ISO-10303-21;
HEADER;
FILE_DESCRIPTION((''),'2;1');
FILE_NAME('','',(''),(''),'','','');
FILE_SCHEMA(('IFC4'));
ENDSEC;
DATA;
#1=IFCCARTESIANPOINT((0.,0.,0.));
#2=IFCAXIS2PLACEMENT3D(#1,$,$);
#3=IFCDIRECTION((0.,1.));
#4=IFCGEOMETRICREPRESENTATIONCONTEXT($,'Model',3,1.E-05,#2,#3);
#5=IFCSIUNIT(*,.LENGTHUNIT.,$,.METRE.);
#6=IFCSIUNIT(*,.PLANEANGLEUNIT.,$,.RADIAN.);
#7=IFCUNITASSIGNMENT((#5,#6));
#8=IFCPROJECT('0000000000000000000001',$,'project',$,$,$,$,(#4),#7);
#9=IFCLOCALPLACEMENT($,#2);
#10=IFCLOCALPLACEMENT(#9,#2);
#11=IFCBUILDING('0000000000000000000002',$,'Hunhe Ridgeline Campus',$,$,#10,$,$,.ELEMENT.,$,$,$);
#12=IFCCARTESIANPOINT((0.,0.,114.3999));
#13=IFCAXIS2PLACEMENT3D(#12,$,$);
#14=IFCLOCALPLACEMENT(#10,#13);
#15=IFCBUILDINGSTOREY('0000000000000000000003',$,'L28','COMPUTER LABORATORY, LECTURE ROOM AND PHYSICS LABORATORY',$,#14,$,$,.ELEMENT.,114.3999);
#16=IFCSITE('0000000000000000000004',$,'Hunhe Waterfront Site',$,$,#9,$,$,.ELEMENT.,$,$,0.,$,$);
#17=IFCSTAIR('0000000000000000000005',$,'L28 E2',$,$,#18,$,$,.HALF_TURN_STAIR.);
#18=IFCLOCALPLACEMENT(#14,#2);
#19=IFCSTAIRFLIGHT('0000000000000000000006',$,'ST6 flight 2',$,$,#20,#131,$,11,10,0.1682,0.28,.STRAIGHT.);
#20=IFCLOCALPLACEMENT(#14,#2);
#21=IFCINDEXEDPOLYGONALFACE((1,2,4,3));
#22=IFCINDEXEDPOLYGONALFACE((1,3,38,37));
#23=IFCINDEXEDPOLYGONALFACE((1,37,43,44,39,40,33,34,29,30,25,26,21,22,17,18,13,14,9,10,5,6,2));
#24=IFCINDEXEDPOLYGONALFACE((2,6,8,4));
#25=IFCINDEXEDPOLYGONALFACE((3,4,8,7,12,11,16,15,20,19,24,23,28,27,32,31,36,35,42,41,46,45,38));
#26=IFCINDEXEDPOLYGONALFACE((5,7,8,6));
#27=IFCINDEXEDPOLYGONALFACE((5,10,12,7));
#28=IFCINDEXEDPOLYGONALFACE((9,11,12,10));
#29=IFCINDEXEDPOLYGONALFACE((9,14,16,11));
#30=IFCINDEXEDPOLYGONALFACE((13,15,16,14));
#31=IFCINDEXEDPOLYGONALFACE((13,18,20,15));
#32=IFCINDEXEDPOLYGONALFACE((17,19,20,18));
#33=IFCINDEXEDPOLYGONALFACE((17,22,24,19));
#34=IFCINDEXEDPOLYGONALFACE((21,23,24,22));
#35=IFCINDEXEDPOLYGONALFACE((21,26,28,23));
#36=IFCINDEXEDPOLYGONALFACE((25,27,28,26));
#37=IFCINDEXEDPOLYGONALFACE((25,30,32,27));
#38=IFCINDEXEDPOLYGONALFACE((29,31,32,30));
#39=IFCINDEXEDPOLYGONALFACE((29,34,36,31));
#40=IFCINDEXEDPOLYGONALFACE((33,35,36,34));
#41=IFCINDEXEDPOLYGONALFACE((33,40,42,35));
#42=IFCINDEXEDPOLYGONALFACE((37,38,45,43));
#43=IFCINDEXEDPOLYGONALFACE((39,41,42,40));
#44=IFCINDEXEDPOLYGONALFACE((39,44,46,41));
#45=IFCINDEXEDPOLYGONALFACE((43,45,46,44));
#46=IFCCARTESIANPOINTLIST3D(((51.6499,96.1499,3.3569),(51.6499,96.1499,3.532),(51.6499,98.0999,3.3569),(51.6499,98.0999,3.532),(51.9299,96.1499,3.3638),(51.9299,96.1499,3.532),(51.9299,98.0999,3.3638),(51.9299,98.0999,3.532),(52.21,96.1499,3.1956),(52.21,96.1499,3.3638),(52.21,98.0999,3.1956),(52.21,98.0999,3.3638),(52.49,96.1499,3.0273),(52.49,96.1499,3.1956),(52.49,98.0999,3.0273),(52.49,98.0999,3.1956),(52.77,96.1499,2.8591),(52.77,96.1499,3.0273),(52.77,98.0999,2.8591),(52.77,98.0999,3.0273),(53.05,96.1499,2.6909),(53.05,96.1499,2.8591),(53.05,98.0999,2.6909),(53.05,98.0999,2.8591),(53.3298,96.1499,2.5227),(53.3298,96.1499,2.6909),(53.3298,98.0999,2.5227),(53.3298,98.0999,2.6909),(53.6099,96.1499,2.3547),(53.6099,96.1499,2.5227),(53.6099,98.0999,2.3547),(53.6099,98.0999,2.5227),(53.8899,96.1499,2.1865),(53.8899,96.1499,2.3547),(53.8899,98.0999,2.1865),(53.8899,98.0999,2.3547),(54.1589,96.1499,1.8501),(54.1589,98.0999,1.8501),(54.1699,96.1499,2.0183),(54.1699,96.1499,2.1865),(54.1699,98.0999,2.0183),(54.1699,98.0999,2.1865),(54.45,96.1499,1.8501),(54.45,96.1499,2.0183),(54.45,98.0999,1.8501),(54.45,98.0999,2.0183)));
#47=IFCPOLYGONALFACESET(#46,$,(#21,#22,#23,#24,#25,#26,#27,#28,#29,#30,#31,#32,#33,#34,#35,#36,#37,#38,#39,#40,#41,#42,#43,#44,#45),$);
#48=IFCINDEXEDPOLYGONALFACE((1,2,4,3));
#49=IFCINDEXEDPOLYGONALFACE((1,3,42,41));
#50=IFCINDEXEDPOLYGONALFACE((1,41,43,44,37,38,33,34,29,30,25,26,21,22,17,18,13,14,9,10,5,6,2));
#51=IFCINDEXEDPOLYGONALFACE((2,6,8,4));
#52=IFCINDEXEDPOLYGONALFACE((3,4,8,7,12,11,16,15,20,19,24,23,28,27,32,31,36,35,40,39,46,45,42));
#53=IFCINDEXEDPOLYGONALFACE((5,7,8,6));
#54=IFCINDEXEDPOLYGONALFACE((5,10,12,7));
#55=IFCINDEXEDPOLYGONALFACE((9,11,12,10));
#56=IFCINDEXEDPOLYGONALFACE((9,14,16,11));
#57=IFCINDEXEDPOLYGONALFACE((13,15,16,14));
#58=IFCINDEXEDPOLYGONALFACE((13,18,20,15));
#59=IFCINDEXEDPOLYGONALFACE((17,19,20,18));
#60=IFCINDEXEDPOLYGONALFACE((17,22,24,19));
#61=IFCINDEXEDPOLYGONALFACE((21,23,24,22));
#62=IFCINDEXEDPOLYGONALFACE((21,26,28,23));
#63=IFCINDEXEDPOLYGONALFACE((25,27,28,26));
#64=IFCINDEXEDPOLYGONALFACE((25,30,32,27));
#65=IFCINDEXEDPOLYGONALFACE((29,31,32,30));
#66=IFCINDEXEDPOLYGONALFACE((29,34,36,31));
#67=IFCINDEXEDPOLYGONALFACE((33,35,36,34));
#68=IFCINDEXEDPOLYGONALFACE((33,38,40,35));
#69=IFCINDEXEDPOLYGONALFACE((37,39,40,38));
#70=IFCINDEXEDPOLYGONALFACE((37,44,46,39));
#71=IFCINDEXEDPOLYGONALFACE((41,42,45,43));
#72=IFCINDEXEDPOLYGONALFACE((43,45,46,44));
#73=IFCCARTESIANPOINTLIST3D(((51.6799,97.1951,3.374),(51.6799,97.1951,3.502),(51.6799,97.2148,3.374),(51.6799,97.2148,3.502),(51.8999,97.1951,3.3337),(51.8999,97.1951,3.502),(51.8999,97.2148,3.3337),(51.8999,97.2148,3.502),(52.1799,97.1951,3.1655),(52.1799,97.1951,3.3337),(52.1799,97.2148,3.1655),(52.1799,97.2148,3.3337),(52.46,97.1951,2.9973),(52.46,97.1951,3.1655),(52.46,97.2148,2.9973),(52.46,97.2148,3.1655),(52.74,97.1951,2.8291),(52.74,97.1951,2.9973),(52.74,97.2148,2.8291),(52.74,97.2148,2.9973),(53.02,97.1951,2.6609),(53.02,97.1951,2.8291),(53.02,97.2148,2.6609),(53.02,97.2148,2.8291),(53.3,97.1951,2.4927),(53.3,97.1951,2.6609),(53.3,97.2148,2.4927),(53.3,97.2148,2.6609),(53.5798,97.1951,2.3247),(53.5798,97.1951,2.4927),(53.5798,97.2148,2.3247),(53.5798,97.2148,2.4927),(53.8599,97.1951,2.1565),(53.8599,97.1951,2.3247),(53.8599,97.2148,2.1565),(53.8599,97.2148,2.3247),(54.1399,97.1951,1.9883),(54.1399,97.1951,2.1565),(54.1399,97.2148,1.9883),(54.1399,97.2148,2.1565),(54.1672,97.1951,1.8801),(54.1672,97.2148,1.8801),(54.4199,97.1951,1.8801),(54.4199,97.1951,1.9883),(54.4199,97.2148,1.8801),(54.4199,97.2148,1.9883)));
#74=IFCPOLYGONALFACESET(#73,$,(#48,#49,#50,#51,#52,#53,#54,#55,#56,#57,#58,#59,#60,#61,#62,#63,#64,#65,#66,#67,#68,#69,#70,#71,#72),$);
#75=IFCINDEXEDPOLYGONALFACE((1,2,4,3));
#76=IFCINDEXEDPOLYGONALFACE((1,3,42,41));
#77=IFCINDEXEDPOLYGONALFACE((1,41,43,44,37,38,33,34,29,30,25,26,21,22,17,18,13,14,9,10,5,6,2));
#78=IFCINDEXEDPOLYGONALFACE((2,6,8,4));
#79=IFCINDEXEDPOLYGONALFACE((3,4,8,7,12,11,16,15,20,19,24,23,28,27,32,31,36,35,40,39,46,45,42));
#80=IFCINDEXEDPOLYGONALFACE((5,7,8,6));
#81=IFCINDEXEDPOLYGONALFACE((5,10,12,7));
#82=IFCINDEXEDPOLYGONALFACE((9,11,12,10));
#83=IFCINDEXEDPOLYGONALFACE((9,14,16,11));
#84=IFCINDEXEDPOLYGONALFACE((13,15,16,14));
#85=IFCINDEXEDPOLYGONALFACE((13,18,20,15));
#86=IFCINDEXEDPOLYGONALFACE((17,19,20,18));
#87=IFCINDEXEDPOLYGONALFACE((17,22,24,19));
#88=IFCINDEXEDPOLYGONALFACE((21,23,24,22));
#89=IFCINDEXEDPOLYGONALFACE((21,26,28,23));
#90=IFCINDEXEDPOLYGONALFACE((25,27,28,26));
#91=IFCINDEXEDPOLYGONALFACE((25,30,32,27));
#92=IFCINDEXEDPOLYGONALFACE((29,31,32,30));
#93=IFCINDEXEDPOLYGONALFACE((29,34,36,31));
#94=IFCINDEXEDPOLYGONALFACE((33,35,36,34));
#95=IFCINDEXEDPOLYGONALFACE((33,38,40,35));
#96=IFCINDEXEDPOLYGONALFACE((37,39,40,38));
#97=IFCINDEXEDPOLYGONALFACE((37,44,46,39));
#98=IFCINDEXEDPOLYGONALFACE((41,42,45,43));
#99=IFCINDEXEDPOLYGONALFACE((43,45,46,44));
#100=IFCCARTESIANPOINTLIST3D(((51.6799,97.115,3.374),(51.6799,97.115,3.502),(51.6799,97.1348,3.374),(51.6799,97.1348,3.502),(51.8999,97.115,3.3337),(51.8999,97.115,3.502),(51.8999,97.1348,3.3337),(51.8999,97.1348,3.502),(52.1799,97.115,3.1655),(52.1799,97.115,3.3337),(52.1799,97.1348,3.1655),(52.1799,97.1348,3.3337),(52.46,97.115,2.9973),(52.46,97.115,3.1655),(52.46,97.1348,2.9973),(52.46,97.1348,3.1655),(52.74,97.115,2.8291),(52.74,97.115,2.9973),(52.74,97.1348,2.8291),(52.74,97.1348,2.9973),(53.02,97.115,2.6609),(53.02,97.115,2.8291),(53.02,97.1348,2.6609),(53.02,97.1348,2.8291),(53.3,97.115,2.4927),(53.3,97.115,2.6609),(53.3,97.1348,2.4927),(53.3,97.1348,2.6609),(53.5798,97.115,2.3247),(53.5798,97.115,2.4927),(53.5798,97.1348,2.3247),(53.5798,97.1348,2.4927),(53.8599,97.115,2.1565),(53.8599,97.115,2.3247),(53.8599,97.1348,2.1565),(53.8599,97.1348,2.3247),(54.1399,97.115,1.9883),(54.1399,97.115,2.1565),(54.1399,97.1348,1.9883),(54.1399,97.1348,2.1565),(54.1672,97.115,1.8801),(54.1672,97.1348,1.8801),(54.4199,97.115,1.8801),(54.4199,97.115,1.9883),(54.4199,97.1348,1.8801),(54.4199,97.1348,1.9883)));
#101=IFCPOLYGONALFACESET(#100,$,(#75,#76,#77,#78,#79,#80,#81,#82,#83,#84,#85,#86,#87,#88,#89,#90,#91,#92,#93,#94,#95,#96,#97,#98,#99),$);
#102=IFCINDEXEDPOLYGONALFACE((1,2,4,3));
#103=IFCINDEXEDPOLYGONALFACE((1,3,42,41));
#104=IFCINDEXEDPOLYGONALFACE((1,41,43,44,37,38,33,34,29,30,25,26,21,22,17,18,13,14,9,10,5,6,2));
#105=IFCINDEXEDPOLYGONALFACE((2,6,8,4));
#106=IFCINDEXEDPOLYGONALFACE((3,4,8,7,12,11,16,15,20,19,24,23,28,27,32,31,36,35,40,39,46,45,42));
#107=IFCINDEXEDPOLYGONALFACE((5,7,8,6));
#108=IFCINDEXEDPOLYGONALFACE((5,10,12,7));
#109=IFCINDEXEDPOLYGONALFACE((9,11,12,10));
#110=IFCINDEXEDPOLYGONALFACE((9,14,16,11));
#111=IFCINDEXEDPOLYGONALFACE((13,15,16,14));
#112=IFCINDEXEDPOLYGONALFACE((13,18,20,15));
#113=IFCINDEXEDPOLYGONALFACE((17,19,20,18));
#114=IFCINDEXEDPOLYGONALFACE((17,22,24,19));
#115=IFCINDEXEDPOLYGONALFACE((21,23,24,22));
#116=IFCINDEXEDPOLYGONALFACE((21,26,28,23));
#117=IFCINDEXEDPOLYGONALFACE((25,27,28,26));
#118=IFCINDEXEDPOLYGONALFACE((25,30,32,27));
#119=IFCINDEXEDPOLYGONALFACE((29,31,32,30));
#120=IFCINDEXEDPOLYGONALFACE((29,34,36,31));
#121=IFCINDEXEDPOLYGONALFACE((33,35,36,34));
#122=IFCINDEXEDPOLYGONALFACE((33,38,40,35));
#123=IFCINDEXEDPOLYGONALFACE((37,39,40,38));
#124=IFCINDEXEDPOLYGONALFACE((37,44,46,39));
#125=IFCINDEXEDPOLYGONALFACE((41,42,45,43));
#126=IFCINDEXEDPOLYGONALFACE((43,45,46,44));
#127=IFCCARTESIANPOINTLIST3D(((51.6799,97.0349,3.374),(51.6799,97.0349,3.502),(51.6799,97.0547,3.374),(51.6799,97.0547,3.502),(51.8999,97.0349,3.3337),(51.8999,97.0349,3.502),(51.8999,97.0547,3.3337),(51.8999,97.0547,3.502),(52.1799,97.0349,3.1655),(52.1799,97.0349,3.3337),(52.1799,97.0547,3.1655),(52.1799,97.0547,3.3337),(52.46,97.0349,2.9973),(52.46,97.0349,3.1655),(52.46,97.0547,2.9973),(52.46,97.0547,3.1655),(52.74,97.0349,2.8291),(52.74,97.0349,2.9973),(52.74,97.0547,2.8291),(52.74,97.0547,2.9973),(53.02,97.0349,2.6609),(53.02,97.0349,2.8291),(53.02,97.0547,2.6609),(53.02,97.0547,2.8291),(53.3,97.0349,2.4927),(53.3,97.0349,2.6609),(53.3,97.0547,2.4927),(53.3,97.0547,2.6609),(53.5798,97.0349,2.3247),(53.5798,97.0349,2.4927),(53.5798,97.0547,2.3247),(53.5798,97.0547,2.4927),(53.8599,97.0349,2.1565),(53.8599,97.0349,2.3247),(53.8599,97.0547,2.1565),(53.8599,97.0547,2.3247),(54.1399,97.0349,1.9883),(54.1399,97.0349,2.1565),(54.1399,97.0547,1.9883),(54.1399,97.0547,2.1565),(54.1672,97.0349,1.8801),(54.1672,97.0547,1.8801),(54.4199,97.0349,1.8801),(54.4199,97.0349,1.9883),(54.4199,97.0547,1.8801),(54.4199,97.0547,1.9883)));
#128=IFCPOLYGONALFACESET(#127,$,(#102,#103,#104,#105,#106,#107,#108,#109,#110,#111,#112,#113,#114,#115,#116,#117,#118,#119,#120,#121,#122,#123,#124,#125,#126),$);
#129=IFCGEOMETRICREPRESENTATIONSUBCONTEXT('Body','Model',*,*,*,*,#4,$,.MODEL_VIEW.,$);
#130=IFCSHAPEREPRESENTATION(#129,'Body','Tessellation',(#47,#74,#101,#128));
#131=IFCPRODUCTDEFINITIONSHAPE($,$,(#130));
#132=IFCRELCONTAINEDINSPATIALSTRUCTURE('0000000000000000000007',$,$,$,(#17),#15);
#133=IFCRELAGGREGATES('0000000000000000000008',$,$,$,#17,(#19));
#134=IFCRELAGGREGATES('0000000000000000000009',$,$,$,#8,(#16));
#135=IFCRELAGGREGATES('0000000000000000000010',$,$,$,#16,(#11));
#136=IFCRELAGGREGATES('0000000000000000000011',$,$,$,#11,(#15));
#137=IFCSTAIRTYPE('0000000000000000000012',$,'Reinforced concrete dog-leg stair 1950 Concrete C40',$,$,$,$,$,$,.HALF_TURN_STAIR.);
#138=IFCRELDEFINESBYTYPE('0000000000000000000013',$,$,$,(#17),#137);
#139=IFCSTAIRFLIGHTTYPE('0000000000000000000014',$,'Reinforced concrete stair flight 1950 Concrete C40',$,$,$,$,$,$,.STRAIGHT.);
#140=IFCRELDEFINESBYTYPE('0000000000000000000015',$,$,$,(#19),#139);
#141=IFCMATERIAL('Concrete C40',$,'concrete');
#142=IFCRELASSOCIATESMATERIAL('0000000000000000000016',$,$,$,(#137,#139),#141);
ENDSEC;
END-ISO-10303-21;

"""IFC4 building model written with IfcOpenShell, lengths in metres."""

from ifc_helpers import new_model, si_unit, direction, frame, origin, place, context, subcontext, project, spatial, polyline, outline, extrude, material, type_object, element, aggregate, save


model = new_model("IFC4")

# Units and contexts
model_context = context("Model", 3, precision=1e-05, world=origin(), true_north=direction((0.0, 1.0)))
body_context = subcontext(model_context, "Body", "Model", "MODEL_VIEW")
ifc_project = project(units=[si_unit("LENGTHUNIT", "METRE"), si_unit("PLANEANGLEUNIT", "RADIAN")], contexts=[model_context])

# Site, building, storey
site_placement = place(None, origin())
site = spatial("IfcSite", under=ifc_project, at=site_placement, Name="Hunhe Waterfront Site", CompositionType="ELEMENT", RefElevation=0.0)
building_placement = place(site_placement, origin())
building = spatial("IfcBuilding", under=site, at=building_placement, Name="Hunhe Ridgeline Campus", CompositionType="ELEMENT")
storey_placement = place(building_placement, frame((0.0, 0.0, 114.3999)))
storey = spatial("IfcBuildingStorey", under=building, at=storey_placement, Name="L28", Description="COMPUTER LABORATORY, LECTURE ROOM AND PHYSICS LABORATORY", CompositionType="ELEMENT", Elevation=114.3999)

# Stair, stair flight
ifc_material_1 = material(Name="Concrete C40", Category="concrete")
stair_type = type_object("IfcStairType", Name="Reinforced concrete dog-leg stair 1950 Concrete C40", PredefinedType="HALF_TURN_STAIR", material=ifc_material_1)
stair_1_placement = place(storey_placement, origin())
stair_1 = element("IfcStair", 1, at=stair_1_placement, inside=storey, type_object=stair_type, Name="L28 E2", PredefinedType="HALF_TURN_STAIR")
stair_flight_type = type_object("IfcStairFlightType", Name="Reinforced concrete stair flight 1950 Concrete C40", PredefinedType="STRAIGHT", material=ifc_material_1)
stair_flight_1_placement = place(storey_placement, frame((54.45, 97.125, 1.8501), z_axis=(0.0, 0.0, 1.0), x_axis=(-1.0, 0.0, 0.0)))
stair_flight_1 = element("IfcStairFlight", 2, at=stair_flight_1_placement, type_object=stair_flight_type, Name="ST6 flight 2", NumberOfRisers=11, NumberOfTreads=10, PredefinedType="STRAIGHT", RiserHeight=0.1682, TreadLength=0.28, context=body_context, shape_type="SweptSolid", body=[
    extrude(outline(polyline([(0.0, 0.0), (0.0, 0.1682), (0.28, 0.1682), (0.28, 0.3364), (0.5601, 0.3364), (0.5601, 0.5046), (0.8401, 0.5046), (0.8401, 0.6726), (1.1201, 0.6726), (1.1201, 0.8408), (1.3999, 0.8408), (1.3999, 1.009), (1.6799, 1.009), (1.6799, 1.1772), (1.96, 1.1772), (1.96, 1.3455), (2.24, 1.3455), (2.24, 1.5137), (2.52, 1.5137), (2.52, 1.6819), (2.8, 1.6819), (2.8, 1.8501), (2.8, 1.5068), (0.291, 0.0), (0.0, 0.0)])), frame((0.0, 0.9751, 0.0), z_axis=(0.0, -1.0, 0.0), x_axis=(1.0, 0.0, 0.0)), (0.0, 0.0, 1.0), 1.95),
    extrude(outline(polyline([(0.03, 0.03), (0.03, 0.1382), (0.3101, 0.1382), (0.3101, 0.3064), (0.5901, 0.3064), (0.5901, 0.4746), (0.8701, 0.4746), (0.8701, 0.6426), (1.1499, 0.6426), (1.1499, 0.8108), (1.4299, 0.8108), (1.4299, 0.979), (1.71, 0.979), (1.71, 1.1472), (1.99, 1.1472), (1.99, 1.3154), (2.27, 1.3154), (2.27, 1.4836), (2.55, 1.4836), (2.55, 1.6519), (2.77, 1.6519), (2.77, 1.5239), (0.2827, 0.03), (0.03, 0.03)])), frame((0.0, -0.0701, 0.0), z_axis=(0.0, -1.0, 0.0), x_axis=(1.0, 0.0, 0.0)), (0.0, 0.0, 1.0), 0.0198),
    extrude(outline(polyline([(0.03, 0.03), (0.03, 0.1382), (0.3101, 0.1382), (0.3101, 0.3064), (0.5901, 0.3064), (0.5901, 0.4746), (0.8701, 0.4746), (0.8701, 0.6426), (1.1499, 0.6426), (1.1499, 0.8108), (1.4299, 0.8108), (1.4299, 0.979), (1.71, 0.979), (1.71, 1.1472), (1.99, 1.1472), (1.99, 1.3154), (2.27, 1.3154), (2.27, 1.4836), (2.55, 1.4836), (2.55, 1.6519), (2.77, 1.6519), (2.77, 1.5239), (0.2827, 0.03), (0.03, 0.03)])), frame((0.0, 0.01, 0.0), z_axis=(0.0, -1.0, 0.0), x_axis=(1.0, 0.0, 0.0)), (0.0, 0.0, 1.0), 0.0198),
    extrude(outline(polyline([(0.03, 0.03), (0.03, 0.1382), (0.3101, 0.1382), (0.3101, 0.3064), (0.5901, 0.3064), (0.5901, 0.4746), (0.8701, 0.4746), (0.8701, 0.6426), (1.1499, 0.6426), (1.1499, 0.8108), (1.4299, 0.8108), (1.4299, 0.979), (1.71, 0.979), (1.71, 1.1472), (1.99, 1.1472), (1.99, 1.3154), (2.27, 1.3154), (2.27, 1.4836), (2.55, 1.4836), (2.55, 1.6519), (2.77, 1.6519), (2.77, 1.5239), (0.2827, 0.03), (0.03, 0.03)])), frame((0.0, 0.0901, 0.0), z_axis=(0.0, -1.0, 0.0), x_axis=(1.0, 0.0, 0.0)), (0.0, 0.0, 1.0), 0.0198),
])
aggregate(stair_1, [stair_flight_1])

save(model, "model.ifc")
